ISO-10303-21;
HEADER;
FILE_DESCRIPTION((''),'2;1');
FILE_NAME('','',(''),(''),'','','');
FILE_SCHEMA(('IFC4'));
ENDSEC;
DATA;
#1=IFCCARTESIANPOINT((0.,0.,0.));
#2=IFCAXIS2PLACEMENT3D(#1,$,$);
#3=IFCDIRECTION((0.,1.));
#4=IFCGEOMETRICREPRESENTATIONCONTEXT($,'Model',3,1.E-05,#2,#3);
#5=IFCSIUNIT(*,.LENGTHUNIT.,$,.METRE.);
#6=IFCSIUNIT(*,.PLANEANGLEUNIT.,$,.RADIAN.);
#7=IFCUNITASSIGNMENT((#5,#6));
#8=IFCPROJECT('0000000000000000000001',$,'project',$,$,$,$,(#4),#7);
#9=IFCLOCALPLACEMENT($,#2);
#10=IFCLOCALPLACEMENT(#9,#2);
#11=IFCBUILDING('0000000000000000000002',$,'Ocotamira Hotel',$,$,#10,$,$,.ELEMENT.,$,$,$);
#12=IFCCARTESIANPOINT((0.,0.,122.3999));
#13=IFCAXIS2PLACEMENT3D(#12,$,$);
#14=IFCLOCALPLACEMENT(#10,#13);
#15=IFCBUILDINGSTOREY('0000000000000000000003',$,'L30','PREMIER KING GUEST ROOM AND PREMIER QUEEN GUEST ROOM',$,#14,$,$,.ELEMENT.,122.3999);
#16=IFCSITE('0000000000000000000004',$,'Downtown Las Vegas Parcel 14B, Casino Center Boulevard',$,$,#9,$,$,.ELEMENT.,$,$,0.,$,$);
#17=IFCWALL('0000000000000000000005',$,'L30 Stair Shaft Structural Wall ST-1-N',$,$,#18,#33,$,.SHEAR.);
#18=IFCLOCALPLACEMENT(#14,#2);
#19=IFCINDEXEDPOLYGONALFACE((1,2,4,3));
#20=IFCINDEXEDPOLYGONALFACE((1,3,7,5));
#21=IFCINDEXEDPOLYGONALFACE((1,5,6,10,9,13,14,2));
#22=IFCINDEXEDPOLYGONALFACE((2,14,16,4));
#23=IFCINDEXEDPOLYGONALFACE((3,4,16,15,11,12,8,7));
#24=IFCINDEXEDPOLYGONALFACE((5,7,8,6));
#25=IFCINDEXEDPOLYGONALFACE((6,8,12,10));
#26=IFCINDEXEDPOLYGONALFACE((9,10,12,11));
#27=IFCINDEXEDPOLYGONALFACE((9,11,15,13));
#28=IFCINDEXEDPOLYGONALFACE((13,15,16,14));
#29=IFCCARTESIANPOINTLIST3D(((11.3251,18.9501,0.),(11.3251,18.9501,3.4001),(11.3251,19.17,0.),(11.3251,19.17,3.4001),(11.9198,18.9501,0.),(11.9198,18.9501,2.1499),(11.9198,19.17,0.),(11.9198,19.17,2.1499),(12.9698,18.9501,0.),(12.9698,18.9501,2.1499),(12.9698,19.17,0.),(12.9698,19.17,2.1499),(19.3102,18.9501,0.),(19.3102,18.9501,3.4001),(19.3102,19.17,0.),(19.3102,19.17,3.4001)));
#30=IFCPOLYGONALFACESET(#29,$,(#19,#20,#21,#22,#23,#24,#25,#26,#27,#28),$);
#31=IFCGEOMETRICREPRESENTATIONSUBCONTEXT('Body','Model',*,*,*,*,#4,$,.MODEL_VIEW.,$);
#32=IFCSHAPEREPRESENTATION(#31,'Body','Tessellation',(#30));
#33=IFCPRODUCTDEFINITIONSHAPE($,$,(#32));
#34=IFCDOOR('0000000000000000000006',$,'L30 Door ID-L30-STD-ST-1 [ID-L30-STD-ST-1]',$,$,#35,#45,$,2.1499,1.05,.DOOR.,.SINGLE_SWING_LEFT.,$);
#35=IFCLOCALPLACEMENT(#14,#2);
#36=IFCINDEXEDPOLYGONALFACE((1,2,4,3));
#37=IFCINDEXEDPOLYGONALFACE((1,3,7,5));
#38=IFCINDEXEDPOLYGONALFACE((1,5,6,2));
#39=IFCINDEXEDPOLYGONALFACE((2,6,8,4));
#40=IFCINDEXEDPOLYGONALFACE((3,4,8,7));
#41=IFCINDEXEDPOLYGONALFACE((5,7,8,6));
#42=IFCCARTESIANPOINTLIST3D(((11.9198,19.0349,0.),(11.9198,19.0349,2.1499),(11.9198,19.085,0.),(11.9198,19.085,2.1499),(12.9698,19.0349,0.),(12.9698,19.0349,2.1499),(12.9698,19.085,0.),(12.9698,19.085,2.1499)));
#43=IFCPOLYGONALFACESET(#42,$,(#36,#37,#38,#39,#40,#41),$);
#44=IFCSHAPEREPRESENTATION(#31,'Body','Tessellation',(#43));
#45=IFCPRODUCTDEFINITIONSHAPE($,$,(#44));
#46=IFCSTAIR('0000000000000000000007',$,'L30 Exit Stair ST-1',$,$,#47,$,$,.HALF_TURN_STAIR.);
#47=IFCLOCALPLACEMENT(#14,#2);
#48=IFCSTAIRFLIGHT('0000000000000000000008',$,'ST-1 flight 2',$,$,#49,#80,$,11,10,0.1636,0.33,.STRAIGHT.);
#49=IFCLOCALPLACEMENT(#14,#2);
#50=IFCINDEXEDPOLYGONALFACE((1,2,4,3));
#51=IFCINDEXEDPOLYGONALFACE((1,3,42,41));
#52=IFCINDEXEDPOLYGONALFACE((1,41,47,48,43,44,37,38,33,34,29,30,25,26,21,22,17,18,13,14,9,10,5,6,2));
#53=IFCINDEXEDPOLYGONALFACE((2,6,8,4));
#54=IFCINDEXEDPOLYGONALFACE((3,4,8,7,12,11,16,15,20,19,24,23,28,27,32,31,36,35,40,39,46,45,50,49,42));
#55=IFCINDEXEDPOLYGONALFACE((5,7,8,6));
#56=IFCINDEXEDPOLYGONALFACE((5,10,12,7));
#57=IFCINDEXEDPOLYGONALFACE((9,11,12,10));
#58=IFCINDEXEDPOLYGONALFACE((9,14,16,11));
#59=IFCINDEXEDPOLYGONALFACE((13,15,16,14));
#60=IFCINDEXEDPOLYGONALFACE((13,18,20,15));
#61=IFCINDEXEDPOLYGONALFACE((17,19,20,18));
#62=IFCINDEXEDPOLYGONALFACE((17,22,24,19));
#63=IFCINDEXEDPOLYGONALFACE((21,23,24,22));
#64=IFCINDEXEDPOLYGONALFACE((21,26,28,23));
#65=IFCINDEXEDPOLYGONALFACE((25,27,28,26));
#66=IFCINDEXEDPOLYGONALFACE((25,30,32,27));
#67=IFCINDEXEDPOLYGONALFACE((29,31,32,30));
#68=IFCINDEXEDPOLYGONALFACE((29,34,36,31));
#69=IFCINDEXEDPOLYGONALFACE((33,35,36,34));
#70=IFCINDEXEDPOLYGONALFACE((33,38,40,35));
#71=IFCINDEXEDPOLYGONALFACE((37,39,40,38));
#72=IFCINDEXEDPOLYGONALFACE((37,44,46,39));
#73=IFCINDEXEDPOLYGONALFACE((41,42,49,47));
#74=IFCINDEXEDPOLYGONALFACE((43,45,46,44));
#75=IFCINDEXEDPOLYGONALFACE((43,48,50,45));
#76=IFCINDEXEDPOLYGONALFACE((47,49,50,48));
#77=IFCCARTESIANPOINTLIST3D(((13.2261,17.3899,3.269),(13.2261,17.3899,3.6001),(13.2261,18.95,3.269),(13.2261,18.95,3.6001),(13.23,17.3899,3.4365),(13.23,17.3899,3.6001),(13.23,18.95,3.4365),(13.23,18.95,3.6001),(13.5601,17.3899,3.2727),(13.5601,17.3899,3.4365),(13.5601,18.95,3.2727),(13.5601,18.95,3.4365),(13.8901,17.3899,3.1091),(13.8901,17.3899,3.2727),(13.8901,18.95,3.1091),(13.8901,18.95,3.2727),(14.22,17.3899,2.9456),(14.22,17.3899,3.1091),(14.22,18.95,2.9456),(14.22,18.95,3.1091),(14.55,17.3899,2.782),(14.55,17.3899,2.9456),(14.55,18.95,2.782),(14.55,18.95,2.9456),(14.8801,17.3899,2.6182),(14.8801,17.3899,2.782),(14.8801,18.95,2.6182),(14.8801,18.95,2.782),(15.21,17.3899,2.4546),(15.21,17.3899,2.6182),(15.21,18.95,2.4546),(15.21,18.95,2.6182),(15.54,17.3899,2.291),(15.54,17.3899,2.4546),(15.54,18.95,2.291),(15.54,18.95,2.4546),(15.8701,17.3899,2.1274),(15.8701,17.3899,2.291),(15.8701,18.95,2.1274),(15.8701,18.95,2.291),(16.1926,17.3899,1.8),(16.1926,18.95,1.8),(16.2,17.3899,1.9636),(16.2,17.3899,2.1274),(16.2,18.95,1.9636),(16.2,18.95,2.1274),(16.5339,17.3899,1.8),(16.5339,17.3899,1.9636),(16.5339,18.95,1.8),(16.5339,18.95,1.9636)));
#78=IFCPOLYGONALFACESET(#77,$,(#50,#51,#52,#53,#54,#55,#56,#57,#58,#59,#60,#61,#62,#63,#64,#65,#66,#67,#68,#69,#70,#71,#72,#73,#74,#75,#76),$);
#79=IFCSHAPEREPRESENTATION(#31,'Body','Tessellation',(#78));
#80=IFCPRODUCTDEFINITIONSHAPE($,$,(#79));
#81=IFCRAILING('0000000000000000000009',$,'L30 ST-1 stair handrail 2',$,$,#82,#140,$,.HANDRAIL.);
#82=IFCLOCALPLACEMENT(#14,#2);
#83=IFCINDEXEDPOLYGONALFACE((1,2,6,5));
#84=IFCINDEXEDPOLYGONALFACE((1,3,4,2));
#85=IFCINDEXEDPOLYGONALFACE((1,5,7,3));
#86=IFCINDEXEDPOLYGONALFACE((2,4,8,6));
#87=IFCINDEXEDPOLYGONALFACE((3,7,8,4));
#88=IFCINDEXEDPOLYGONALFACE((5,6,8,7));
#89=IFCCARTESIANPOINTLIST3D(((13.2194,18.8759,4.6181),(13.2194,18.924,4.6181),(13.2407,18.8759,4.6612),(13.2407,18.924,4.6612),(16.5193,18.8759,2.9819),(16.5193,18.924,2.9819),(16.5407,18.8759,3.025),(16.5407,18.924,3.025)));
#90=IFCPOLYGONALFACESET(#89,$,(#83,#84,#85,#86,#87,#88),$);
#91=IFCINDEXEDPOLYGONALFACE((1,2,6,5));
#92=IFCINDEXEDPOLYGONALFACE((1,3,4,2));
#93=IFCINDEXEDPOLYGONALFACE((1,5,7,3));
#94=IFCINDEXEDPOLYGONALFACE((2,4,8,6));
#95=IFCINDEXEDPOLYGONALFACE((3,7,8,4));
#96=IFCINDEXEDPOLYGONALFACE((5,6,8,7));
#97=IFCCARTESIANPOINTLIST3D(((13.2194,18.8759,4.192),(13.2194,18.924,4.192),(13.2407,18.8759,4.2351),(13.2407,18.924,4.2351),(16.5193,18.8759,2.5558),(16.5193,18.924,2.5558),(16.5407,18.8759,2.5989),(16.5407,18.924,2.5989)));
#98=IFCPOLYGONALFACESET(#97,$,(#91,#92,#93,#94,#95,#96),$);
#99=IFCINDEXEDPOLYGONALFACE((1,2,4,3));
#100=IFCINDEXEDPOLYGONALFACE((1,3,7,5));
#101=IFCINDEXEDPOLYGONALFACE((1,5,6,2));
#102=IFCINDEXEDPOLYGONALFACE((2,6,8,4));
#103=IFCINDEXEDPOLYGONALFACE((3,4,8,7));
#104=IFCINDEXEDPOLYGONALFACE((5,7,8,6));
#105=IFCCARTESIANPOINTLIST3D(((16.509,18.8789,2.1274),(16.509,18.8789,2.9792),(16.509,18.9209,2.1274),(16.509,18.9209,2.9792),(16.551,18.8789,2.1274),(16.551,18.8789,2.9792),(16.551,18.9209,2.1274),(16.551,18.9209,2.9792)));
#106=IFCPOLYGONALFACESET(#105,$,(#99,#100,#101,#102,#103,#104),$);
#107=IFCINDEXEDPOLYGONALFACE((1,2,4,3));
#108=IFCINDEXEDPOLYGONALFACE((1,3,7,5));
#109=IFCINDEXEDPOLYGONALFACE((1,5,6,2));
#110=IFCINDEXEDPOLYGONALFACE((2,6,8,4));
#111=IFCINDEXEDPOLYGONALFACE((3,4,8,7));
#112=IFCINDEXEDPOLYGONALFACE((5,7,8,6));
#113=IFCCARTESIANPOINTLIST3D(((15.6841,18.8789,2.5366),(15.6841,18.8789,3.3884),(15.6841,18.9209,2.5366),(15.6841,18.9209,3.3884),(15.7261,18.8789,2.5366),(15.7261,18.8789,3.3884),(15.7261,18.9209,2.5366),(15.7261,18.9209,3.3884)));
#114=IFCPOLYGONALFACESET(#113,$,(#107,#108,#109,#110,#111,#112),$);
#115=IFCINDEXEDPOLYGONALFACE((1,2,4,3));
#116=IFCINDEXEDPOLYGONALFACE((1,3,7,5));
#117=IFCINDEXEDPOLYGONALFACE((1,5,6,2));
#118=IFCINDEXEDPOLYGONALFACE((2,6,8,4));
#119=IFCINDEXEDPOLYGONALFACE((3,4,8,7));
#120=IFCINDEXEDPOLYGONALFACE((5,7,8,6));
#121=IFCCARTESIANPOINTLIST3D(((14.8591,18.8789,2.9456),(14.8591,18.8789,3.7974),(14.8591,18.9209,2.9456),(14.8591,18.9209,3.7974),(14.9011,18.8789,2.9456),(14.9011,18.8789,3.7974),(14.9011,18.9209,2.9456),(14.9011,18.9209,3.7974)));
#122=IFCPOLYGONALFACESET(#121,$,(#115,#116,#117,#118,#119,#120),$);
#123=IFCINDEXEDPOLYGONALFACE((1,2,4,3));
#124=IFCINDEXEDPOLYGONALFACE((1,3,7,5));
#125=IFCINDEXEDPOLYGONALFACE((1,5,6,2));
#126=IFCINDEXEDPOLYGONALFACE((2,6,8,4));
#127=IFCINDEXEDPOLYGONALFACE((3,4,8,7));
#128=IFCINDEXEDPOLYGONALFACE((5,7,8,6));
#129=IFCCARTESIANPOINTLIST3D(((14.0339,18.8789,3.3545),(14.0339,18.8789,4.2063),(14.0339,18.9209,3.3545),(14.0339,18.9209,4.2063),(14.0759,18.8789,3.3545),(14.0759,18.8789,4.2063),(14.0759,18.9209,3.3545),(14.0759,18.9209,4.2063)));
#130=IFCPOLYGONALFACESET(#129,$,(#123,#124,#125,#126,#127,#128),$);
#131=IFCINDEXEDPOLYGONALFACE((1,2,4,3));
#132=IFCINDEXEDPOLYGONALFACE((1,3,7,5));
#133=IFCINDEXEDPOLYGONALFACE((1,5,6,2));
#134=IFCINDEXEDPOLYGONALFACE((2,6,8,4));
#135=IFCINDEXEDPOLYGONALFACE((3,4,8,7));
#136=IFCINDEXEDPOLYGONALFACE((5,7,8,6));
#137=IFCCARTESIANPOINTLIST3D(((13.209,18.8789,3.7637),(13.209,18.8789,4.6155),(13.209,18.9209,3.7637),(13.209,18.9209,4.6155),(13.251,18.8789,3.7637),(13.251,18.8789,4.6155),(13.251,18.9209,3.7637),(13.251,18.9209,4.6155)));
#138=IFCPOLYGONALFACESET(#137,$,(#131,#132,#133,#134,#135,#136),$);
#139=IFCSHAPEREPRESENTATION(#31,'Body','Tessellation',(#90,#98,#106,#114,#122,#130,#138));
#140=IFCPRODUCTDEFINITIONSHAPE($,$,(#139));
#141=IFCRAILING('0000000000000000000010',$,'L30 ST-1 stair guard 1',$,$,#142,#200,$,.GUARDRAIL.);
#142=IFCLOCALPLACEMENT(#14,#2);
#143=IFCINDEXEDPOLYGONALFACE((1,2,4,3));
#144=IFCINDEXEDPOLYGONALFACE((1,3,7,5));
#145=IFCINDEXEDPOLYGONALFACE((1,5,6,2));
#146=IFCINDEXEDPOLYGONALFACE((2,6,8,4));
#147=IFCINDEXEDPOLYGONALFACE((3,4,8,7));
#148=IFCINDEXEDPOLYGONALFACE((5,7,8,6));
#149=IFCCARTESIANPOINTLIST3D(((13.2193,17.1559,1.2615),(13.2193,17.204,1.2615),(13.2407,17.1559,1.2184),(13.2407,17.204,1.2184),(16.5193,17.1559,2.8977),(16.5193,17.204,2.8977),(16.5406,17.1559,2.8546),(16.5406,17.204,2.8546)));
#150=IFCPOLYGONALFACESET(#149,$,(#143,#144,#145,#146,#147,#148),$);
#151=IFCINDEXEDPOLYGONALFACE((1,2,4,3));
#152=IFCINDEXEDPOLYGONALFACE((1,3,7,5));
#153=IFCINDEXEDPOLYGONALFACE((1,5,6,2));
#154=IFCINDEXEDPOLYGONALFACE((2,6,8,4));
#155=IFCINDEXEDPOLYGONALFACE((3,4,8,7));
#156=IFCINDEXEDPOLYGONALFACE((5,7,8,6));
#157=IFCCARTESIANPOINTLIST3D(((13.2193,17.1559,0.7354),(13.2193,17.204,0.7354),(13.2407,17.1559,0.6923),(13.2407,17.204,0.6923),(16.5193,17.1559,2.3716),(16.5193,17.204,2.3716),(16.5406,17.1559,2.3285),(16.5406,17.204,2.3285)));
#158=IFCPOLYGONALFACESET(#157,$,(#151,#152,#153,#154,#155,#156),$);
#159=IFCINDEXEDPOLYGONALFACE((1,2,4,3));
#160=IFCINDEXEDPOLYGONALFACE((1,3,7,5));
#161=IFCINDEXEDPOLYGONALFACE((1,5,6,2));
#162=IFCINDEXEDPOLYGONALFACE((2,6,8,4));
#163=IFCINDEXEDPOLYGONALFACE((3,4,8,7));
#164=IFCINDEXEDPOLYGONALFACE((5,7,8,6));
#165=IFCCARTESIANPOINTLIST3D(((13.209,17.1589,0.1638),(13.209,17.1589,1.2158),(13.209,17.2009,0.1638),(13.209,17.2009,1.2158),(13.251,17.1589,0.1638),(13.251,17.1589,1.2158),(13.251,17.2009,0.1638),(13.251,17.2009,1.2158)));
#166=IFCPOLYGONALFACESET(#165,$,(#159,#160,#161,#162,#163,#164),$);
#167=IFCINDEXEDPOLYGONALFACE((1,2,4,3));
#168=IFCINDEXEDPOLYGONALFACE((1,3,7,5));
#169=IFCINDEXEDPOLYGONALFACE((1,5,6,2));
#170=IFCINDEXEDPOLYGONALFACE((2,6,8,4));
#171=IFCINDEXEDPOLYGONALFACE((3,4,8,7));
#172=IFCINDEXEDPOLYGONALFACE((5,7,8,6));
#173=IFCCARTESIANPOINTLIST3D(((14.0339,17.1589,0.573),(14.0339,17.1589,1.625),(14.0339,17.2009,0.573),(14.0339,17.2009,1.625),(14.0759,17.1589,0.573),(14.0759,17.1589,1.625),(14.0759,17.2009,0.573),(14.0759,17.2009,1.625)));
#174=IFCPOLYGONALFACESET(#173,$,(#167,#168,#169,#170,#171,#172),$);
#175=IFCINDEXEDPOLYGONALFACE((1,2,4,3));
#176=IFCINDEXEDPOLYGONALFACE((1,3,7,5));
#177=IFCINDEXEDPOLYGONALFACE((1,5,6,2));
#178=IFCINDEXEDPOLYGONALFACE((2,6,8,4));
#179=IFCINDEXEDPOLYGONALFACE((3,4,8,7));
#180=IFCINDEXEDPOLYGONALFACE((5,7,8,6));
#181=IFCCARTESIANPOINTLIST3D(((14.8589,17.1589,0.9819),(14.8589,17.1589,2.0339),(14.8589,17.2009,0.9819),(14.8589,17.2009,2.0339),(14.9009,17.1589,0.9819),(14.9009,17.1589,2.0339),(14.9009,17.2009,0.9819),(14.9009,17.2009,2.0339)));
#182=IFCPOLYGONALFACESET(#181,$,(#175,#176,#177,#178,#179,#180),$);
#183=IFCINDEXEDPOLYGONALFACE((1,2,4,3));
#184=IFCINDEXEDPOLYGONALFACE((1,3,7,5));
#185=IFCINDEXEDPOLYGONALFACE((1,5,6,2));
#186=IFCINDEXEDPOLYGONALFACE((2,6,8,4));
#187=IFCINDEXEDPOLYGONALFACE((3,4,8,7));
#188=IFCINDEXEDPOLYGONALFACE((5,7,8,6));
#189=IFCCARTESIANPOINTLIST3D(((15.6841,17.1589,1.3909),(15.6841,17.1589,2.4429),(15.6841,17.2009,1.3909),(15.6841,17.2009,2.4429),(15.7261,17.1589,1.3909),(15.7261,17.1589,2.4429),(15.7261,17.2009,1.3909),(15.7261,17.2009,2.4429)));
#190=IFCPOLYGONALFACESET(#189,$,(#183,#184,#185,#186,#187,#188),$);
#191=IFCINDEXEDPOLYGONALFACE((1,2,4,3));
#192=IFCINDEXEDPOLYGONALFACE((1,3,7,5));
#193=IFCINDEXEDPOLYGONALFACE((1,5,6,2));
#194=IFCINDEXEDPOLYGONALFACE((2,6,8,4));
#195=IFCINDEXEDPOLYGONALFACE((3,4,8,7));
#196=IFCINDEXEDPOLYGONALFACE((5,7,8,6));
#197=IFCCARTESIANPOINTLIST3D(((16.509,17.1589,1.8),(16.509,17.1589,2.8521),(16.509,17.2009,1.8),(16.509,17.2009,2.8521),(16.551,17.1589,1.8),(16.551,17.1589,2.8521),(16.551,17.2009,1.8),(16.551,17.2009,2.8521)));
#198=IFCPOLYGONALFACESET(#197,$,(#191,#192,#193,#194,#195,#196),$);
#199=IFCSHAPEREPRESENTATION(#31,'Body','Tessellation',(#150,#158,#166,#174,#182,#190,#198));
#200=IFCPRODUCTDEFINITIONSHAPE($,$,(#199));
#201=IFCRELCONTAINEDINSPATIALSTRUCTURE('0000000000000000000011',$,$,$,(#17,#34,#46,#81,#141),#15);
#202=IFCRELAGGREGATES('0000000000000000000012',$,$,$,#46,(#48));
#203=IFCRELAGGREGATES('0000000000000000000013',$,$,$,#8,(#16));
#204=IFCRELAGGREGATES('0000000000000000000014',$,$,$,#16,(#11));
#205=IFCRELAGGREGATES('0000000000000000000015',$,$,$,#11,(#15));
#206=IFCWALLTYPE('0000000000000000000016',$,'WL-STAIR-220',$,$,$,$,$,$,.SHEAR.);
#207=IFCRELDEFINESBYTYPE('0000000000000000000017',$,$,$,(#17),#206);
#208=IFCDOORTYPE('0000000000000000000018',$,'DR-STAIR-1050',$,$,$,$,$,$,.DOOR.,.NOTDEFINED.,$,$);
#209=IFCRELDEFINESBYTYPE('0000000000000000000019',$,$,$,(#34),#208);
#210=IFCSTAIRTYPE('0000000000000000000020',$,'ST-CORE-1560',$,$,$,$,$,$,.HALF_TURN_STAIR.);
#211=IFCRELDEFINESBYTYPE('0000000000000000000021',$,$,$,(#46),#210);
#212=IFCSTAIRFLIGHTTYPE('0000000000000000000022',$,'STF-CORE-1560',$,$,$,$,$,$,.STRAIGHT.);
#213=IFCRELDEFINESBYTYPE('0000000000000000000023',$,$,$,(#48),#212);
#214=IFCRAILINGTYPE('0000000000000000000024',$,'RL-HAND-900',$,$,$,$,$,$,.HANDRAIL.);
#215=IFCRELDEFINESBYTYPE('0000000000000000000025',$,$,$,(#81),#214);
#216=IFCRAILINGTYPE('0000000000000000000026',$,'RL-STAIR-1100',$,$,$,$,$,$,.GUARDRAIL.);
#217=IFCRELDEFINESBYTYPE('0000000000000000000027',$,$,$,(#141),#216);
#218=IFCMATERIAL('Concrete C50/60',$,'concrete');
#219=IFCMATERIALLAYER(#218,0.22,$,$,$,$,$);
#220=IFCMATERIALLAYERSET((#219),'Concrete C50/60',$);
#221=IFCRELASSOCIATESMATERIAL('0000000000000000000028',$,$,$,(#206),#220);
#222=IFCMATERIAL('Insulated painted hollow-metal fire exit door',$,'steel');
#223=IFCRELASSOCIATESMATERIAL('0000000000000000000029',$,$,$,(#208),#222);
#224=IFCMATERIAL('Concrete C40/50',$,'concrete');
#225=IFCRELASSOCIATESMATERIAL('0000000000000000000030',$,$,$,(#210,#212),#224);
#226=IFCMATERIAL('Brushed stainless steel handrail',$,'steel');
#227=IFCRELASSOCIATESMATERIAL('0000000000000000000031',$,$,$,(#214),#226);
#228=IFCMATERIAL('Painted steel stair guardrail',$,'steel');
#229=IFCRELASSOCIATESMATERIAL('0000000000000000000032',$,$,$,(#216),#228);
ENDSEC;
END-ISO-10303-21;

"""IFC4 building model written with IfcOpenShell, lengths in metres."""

from ifc_helpers import new_model, si_unit, direction, frame, frame_2d, origin, origin_2d, place, context, subcontext, project, spatial, polyline, rectangle, outline, extrude, source, transform, mapped, material, layer, layer_set, type_object, element, fill, aggregate, save


model = new_model("IFC4")

# Units and contexts
model_context = context("Model", 3, precision=1e-05, world=origin(), true_north=direction((0.0, 1.0)))
body_context = subcontext(model_context, "Body", "Model", "MODEL_VIEW")
ifc_project = project(units=[si_unit("LENGTHUNIT", "METRE"), si_unit("PLANEANGLEUNIT", "RADIAN")], contexts=[model_context])

# Site, building, storey
site_placement = place(None, origin())
site = spatial("IfcSite", under=ifc_project, at=site_placement, Name="Downtown Las Vegas Parcel 14B, Casino Center Boulevard", CompositionType="ELEMENT", RefElevation=0.0)
building_placement = place(site_placement, origin())
building = spatial("IfcBuilding", under=site, at=building_placement, Name="Ocotamira Hotel", CompositionType="ELEMENT")
storey_placement = place(building_placement, frame((0.0, 0.0, 122.3999)))
storey = spatial("IfcBuildingStorey", under=building, at=storey_placement, Name="L30", Description="PREMIER KING GUEST ROOM AND PREMIER QUEEN GUEST ROOM", CompositionType="ELEMENT", Elevation=122.3999)

# Wall, opening, door
ifc_material_1 = material(Name="Concrete C50/60", Category="concrete")
ifc_layer_1 = layer(ifc_material_1, 0.22)
ifc_layer_set_1 = layer_set([ifc_layer_1], Name="Concrete C50/60")
wall_type_1 = type_object("IfcWallType", Name="WL-STAIR-220", PredefinedType="SHEAR", material=ifc_layer_set_1)
wall_1_placement = place(storey_placement, frame((11.325, 19.0601, 0.0), z_axis=(0.0, 0.0, 1.0), x_axis=(1.0, 0.0, 0.0)))
wall_1 = element("IfcWall", 1, at=wall_1_placement, inside=storey, type_object=wall_type_1, Name="L30 Stair Shaft Structural Wall ST-1-N", PredefinedType="SHEAR", context=body_context, shape_type="SweptSolid", body=[
    extrude(rectangle(XDim=7.9851, YDim=0.22, at=frame_2d((3.9927, 0.0))), origin(), (0.0, 0.0, 1.0), 3.4001),
])
opening_1_placement = place(wall_1_placement, frame((0.595, 0.0, 0.0)))
opening_1 = element("IfcOpeningElement", 2, at=opening_1_placement, cuts=wall_1, PredefinedType="OPENING", context=body_context, shape_type="SweptSolid", body=[
    extrude(rectangle(XDim=1.05, YDim=2.1499, at=frame_2d((0.5249, 1.075))), frame((0.0, 0.1201, 0.0), z_axis=(0.0, -1.0, 0.0), x_axis=(1.0, 0.0, 0.0)), (0.0, 0.0, 1.0), 0.24),
])
ifc_material_2 = material(Name="Insulated painted hollow-metal fire exit door", Category="steel")
door_type_1 = type_object("IfcDoorType", Name="DR-STAIR-1050", OperationType="NOTDEFINED", PredefinedType="DOOR", material=ifc_material_2)
shared_shape_1 = source(origin(), body_context, "Body", "SweptSolid", [
    extrude(rectangle(XDim=1.05, YDim=2.1499, at=frame_2d((0.5249, 1.075))), frame((0.0, 0.0249, 0.0), z_axis=(0.0, -1.0, 0.0), x_axis=(1.0, 0.0, 0.0)), (0.0, 0.0, 1.0), 0.05),
])
door_1_placement = place(opening_1_placement, origin())
door_1 = element("IfcDoor", 3, at=door_1_placement, inside=storey, type_object=door_type_1, Name="L30 Door ID-L30-STD-ST-1 [ID-L30-STD-ST-1]", OperationType="SINGLE_SWING_LEFT", OverallHeight=2.1499, OverallWidth=1.05, PredefinedType="DOOR", context=body_context, shape_type="MappedRepresentation", body=[
    mapped(shared_shape_1, transform((0.0, 0.0, 0.0), scale=1.0)),
])
fill(opening_1, door_1)

# Stair, stair flight
ifc_material_3 = material(Name="Concrete C40/50", Category="concrete")
stair_type = type_object("IfcStairType", Name="ST-CORE-1560", PredefinedType="HALF_TURN_STAIR", material=ifc_material_3)
stair_placement = place(storey_placement, origin())
stair = element("IfcStair", 4, at=stair_placement, inside=storey, type_object=stair_type, Name="L30 Exit Stair ST-1", PredefinedType="HALF_TURN_STAIR")
stair_flight_type = type_object("IfcStairFlightType", Name="STF-CORE-1560", PredefinedType="STRAIGHT", material=ifc_material_3)
shared_shape_2 = source(origin(), body_context, "Body", "SweptSolid", [
    extrude(outline(polyline([(-0.0039, 0.0), (-0.0039, 0.1636), (0.3301, 0.1636), (0.3301, 0.3274), (0.6599, 0.3274), (0.6599, 0.491), (0.99, 0.491), (0.99, 0.6545), (1.3201, 0.6545), (1.3201, 0.8181), (1.6499, 0.8181), (1.6499, 0.9819), (1.98, 0.9819), (1.98, 1.1455), (2.3101, 1.1455), (2.3101, 1.3091), (2.6399, 1.3091), (2.6399, 1.4727), (2.97, 1.4727), (2.97, 1.6365), (3.3, 1.6365), (3.3, 1.8), (3.304, 1.8), (3.304, 1.469), (0.3374, 0.0), (-0.0039, 0.0)])), frame((0.0, 0.78, 0.0), z_axis=(0.0, -1.0, 0.0), x_axis=(1.0, 0.0, 0.0)), (0.0, 0.0, 1.0), 1.5601),
])
stair_flight_placement = place(storey_placement, frame((16.53, 18.1699, 1.8), z_axis=(0.0, 0.0, 1.0), x_axis=(-1.0, 0.0, 0.0)))
stair_flight = element("IfcStairFlight", 5, at=stair_flight_placement, type_object=stair_flight_type, Name="ST-1 flight 2", NumberOfRisers=11, NumberOfTreads=10, PredefinedType="STRAIGHT", RiserHeight=0.1636, TreadLength=0.33, context=body_context, shape_type="MappedRepresentation", body=[
    mapped(shared_shape_2, transform((0.0, 0.0, 0.0), scale=1.0)),
])
aggregate(stair, [stair_flight])

# Railings
ifc_material_4 = material(Name="Brushed stainless steel handrail", Category="steel")
railing_type_1 = type_object("IfcRailingType", Name="RL-HAND-900", PredefinedType="HANDRAIL", material=ifc_material_4)
railing_1_placement = place(storey_placement, frame((16.53, 18.8999, 2.1274)))
element("IfcRailing", 6, at=railing_1_placement, inside=storey, type_object=railing_type_1, Name="L30 ST-1 stair handrail 2", PredefinedType="HANDRAIL", context=body_context, shape_type="SweptSolid", body=[
    extrude(rectangle(XDim=0.0481, YDim=0.0481, at=origin_2d()), frame((0.0, 0.0, 0.876), z_axis=(-0.89592, 0.0, 0.444215), x_axis=(0.0, -1.0, 0.0)), (0.0, 0.0, 1.0), 3.6833),
    extrude(rectangle(XDim=0.0481, YDim=0.0481, at=origin_2d()), frame((0.0, 0.0, 0.45), z_axis=(-0.89592, 0.0, 0.444215), x_axis=(0.0, -1.0, 0.0)), (0.0, 0.0, 1.0), 3.6833),
    extrude(rectangle(XDim=0.042, YDim=0.042, at=origin_2d()), origin(), (0.0, 0.0, 1.0), 0.8518),
    extrude(rectangle(XDim=0.042, YDim=0.042, at=origin_2d()), frame((-0.825, 0.0, 0.4092)), (0.0, 0.0, 1.0), 0.8518),
    extrude(rectangle(XDim=0.042, YDim=0.042, at=origin_2d()), frame((-1.6499, 0.0, 0.8181)), (0.0, 0.0, 1.0), 0.8518),
    extrude(rectangle(XDim=0.042, YDim=0.042, at=origin_2d()), frame((-2.4751, 0.0, 1.2271)), (0.0, 0.0, 1.0), 0.8518),
    extrude(rectangle(XDim=0.042, YDim=0.042, at=origin_2d()), frame((-3.3, 0.0, 1.6362)), (0.0, 0.0, 1.0), 0.8518),
])
ifc_material_5 = material(Name="Painted steel stair guardrail", Category="steel")
railing_type_2 = type_object("IfcRailingType", Name="RL-STAIR-1100", PredefinedType="GUARDRAIL", material=ifc_material_5)
railing_2_placement = place(storey_placement, frame((13.23, 17.1799, 0.1638)))
element("IfcRailing", 7, at=railing_2_placement, inside=storey, type_object=railing_type_2, Name="L30 ST-1 stair guard 1", PredefinedType="GUARDRAIL", context=body_context, shape_type="SweptSolid", body=[
    extrude(rectangle(XDim=0.0481, YDim=0.0481, at=origin_2d()), frame((0.0, 0.0, 1.0762), z_axis=(0.89592, 0.0, 0.444215), x_axis=(0.0, 1.0, 0.0)), (0.0, 0.0, 1.0), 3.6833),
    extrude(rectangle(XDim=0.0481, YDim=0.0481, at=origin_2d()), frame((0.0, 0.0, 0.55), z_axis=(0.89592, 0.0, 0.444215), x_axis=(0.0, 1.0, 0.0)), (0.0, 0.0, 1.0), 3.6833),
    extrude(rectangle(XDim=0.042, YDim=0.042, at=origin_2d()), origin(), (0.0, 0.0, 1.0), 1.052),
    extrude(rectangle(XDim=0.042, YDim=0.042, at=origin_2d()), frame((0.825, 0.0, 0.4092)), (0.0, 0.0, 1.0), 1.052),
    extrude(rectangle(XDim=0.042, YDim=0.042, at=origin_2d()), frame((1.6499, 0.0, 0.8181)), (0.0, 0.0, 1.0), 1.052),
    extrude(rectangle(XDim=0.042, YDim=0.042, at=origin_2d()), frame((2.4751, 0.0, 1.2271)), (0.0, 0.0, 1.0), 1.052),
    extrude(rectangle(XDim=0.042, YDim=0.042, at=origin_2d()), frame((3.3, 0.0, 1.6362)), (0.0, 0.0, 1.0), 1.052),
])

save(model, "model.ifc")
